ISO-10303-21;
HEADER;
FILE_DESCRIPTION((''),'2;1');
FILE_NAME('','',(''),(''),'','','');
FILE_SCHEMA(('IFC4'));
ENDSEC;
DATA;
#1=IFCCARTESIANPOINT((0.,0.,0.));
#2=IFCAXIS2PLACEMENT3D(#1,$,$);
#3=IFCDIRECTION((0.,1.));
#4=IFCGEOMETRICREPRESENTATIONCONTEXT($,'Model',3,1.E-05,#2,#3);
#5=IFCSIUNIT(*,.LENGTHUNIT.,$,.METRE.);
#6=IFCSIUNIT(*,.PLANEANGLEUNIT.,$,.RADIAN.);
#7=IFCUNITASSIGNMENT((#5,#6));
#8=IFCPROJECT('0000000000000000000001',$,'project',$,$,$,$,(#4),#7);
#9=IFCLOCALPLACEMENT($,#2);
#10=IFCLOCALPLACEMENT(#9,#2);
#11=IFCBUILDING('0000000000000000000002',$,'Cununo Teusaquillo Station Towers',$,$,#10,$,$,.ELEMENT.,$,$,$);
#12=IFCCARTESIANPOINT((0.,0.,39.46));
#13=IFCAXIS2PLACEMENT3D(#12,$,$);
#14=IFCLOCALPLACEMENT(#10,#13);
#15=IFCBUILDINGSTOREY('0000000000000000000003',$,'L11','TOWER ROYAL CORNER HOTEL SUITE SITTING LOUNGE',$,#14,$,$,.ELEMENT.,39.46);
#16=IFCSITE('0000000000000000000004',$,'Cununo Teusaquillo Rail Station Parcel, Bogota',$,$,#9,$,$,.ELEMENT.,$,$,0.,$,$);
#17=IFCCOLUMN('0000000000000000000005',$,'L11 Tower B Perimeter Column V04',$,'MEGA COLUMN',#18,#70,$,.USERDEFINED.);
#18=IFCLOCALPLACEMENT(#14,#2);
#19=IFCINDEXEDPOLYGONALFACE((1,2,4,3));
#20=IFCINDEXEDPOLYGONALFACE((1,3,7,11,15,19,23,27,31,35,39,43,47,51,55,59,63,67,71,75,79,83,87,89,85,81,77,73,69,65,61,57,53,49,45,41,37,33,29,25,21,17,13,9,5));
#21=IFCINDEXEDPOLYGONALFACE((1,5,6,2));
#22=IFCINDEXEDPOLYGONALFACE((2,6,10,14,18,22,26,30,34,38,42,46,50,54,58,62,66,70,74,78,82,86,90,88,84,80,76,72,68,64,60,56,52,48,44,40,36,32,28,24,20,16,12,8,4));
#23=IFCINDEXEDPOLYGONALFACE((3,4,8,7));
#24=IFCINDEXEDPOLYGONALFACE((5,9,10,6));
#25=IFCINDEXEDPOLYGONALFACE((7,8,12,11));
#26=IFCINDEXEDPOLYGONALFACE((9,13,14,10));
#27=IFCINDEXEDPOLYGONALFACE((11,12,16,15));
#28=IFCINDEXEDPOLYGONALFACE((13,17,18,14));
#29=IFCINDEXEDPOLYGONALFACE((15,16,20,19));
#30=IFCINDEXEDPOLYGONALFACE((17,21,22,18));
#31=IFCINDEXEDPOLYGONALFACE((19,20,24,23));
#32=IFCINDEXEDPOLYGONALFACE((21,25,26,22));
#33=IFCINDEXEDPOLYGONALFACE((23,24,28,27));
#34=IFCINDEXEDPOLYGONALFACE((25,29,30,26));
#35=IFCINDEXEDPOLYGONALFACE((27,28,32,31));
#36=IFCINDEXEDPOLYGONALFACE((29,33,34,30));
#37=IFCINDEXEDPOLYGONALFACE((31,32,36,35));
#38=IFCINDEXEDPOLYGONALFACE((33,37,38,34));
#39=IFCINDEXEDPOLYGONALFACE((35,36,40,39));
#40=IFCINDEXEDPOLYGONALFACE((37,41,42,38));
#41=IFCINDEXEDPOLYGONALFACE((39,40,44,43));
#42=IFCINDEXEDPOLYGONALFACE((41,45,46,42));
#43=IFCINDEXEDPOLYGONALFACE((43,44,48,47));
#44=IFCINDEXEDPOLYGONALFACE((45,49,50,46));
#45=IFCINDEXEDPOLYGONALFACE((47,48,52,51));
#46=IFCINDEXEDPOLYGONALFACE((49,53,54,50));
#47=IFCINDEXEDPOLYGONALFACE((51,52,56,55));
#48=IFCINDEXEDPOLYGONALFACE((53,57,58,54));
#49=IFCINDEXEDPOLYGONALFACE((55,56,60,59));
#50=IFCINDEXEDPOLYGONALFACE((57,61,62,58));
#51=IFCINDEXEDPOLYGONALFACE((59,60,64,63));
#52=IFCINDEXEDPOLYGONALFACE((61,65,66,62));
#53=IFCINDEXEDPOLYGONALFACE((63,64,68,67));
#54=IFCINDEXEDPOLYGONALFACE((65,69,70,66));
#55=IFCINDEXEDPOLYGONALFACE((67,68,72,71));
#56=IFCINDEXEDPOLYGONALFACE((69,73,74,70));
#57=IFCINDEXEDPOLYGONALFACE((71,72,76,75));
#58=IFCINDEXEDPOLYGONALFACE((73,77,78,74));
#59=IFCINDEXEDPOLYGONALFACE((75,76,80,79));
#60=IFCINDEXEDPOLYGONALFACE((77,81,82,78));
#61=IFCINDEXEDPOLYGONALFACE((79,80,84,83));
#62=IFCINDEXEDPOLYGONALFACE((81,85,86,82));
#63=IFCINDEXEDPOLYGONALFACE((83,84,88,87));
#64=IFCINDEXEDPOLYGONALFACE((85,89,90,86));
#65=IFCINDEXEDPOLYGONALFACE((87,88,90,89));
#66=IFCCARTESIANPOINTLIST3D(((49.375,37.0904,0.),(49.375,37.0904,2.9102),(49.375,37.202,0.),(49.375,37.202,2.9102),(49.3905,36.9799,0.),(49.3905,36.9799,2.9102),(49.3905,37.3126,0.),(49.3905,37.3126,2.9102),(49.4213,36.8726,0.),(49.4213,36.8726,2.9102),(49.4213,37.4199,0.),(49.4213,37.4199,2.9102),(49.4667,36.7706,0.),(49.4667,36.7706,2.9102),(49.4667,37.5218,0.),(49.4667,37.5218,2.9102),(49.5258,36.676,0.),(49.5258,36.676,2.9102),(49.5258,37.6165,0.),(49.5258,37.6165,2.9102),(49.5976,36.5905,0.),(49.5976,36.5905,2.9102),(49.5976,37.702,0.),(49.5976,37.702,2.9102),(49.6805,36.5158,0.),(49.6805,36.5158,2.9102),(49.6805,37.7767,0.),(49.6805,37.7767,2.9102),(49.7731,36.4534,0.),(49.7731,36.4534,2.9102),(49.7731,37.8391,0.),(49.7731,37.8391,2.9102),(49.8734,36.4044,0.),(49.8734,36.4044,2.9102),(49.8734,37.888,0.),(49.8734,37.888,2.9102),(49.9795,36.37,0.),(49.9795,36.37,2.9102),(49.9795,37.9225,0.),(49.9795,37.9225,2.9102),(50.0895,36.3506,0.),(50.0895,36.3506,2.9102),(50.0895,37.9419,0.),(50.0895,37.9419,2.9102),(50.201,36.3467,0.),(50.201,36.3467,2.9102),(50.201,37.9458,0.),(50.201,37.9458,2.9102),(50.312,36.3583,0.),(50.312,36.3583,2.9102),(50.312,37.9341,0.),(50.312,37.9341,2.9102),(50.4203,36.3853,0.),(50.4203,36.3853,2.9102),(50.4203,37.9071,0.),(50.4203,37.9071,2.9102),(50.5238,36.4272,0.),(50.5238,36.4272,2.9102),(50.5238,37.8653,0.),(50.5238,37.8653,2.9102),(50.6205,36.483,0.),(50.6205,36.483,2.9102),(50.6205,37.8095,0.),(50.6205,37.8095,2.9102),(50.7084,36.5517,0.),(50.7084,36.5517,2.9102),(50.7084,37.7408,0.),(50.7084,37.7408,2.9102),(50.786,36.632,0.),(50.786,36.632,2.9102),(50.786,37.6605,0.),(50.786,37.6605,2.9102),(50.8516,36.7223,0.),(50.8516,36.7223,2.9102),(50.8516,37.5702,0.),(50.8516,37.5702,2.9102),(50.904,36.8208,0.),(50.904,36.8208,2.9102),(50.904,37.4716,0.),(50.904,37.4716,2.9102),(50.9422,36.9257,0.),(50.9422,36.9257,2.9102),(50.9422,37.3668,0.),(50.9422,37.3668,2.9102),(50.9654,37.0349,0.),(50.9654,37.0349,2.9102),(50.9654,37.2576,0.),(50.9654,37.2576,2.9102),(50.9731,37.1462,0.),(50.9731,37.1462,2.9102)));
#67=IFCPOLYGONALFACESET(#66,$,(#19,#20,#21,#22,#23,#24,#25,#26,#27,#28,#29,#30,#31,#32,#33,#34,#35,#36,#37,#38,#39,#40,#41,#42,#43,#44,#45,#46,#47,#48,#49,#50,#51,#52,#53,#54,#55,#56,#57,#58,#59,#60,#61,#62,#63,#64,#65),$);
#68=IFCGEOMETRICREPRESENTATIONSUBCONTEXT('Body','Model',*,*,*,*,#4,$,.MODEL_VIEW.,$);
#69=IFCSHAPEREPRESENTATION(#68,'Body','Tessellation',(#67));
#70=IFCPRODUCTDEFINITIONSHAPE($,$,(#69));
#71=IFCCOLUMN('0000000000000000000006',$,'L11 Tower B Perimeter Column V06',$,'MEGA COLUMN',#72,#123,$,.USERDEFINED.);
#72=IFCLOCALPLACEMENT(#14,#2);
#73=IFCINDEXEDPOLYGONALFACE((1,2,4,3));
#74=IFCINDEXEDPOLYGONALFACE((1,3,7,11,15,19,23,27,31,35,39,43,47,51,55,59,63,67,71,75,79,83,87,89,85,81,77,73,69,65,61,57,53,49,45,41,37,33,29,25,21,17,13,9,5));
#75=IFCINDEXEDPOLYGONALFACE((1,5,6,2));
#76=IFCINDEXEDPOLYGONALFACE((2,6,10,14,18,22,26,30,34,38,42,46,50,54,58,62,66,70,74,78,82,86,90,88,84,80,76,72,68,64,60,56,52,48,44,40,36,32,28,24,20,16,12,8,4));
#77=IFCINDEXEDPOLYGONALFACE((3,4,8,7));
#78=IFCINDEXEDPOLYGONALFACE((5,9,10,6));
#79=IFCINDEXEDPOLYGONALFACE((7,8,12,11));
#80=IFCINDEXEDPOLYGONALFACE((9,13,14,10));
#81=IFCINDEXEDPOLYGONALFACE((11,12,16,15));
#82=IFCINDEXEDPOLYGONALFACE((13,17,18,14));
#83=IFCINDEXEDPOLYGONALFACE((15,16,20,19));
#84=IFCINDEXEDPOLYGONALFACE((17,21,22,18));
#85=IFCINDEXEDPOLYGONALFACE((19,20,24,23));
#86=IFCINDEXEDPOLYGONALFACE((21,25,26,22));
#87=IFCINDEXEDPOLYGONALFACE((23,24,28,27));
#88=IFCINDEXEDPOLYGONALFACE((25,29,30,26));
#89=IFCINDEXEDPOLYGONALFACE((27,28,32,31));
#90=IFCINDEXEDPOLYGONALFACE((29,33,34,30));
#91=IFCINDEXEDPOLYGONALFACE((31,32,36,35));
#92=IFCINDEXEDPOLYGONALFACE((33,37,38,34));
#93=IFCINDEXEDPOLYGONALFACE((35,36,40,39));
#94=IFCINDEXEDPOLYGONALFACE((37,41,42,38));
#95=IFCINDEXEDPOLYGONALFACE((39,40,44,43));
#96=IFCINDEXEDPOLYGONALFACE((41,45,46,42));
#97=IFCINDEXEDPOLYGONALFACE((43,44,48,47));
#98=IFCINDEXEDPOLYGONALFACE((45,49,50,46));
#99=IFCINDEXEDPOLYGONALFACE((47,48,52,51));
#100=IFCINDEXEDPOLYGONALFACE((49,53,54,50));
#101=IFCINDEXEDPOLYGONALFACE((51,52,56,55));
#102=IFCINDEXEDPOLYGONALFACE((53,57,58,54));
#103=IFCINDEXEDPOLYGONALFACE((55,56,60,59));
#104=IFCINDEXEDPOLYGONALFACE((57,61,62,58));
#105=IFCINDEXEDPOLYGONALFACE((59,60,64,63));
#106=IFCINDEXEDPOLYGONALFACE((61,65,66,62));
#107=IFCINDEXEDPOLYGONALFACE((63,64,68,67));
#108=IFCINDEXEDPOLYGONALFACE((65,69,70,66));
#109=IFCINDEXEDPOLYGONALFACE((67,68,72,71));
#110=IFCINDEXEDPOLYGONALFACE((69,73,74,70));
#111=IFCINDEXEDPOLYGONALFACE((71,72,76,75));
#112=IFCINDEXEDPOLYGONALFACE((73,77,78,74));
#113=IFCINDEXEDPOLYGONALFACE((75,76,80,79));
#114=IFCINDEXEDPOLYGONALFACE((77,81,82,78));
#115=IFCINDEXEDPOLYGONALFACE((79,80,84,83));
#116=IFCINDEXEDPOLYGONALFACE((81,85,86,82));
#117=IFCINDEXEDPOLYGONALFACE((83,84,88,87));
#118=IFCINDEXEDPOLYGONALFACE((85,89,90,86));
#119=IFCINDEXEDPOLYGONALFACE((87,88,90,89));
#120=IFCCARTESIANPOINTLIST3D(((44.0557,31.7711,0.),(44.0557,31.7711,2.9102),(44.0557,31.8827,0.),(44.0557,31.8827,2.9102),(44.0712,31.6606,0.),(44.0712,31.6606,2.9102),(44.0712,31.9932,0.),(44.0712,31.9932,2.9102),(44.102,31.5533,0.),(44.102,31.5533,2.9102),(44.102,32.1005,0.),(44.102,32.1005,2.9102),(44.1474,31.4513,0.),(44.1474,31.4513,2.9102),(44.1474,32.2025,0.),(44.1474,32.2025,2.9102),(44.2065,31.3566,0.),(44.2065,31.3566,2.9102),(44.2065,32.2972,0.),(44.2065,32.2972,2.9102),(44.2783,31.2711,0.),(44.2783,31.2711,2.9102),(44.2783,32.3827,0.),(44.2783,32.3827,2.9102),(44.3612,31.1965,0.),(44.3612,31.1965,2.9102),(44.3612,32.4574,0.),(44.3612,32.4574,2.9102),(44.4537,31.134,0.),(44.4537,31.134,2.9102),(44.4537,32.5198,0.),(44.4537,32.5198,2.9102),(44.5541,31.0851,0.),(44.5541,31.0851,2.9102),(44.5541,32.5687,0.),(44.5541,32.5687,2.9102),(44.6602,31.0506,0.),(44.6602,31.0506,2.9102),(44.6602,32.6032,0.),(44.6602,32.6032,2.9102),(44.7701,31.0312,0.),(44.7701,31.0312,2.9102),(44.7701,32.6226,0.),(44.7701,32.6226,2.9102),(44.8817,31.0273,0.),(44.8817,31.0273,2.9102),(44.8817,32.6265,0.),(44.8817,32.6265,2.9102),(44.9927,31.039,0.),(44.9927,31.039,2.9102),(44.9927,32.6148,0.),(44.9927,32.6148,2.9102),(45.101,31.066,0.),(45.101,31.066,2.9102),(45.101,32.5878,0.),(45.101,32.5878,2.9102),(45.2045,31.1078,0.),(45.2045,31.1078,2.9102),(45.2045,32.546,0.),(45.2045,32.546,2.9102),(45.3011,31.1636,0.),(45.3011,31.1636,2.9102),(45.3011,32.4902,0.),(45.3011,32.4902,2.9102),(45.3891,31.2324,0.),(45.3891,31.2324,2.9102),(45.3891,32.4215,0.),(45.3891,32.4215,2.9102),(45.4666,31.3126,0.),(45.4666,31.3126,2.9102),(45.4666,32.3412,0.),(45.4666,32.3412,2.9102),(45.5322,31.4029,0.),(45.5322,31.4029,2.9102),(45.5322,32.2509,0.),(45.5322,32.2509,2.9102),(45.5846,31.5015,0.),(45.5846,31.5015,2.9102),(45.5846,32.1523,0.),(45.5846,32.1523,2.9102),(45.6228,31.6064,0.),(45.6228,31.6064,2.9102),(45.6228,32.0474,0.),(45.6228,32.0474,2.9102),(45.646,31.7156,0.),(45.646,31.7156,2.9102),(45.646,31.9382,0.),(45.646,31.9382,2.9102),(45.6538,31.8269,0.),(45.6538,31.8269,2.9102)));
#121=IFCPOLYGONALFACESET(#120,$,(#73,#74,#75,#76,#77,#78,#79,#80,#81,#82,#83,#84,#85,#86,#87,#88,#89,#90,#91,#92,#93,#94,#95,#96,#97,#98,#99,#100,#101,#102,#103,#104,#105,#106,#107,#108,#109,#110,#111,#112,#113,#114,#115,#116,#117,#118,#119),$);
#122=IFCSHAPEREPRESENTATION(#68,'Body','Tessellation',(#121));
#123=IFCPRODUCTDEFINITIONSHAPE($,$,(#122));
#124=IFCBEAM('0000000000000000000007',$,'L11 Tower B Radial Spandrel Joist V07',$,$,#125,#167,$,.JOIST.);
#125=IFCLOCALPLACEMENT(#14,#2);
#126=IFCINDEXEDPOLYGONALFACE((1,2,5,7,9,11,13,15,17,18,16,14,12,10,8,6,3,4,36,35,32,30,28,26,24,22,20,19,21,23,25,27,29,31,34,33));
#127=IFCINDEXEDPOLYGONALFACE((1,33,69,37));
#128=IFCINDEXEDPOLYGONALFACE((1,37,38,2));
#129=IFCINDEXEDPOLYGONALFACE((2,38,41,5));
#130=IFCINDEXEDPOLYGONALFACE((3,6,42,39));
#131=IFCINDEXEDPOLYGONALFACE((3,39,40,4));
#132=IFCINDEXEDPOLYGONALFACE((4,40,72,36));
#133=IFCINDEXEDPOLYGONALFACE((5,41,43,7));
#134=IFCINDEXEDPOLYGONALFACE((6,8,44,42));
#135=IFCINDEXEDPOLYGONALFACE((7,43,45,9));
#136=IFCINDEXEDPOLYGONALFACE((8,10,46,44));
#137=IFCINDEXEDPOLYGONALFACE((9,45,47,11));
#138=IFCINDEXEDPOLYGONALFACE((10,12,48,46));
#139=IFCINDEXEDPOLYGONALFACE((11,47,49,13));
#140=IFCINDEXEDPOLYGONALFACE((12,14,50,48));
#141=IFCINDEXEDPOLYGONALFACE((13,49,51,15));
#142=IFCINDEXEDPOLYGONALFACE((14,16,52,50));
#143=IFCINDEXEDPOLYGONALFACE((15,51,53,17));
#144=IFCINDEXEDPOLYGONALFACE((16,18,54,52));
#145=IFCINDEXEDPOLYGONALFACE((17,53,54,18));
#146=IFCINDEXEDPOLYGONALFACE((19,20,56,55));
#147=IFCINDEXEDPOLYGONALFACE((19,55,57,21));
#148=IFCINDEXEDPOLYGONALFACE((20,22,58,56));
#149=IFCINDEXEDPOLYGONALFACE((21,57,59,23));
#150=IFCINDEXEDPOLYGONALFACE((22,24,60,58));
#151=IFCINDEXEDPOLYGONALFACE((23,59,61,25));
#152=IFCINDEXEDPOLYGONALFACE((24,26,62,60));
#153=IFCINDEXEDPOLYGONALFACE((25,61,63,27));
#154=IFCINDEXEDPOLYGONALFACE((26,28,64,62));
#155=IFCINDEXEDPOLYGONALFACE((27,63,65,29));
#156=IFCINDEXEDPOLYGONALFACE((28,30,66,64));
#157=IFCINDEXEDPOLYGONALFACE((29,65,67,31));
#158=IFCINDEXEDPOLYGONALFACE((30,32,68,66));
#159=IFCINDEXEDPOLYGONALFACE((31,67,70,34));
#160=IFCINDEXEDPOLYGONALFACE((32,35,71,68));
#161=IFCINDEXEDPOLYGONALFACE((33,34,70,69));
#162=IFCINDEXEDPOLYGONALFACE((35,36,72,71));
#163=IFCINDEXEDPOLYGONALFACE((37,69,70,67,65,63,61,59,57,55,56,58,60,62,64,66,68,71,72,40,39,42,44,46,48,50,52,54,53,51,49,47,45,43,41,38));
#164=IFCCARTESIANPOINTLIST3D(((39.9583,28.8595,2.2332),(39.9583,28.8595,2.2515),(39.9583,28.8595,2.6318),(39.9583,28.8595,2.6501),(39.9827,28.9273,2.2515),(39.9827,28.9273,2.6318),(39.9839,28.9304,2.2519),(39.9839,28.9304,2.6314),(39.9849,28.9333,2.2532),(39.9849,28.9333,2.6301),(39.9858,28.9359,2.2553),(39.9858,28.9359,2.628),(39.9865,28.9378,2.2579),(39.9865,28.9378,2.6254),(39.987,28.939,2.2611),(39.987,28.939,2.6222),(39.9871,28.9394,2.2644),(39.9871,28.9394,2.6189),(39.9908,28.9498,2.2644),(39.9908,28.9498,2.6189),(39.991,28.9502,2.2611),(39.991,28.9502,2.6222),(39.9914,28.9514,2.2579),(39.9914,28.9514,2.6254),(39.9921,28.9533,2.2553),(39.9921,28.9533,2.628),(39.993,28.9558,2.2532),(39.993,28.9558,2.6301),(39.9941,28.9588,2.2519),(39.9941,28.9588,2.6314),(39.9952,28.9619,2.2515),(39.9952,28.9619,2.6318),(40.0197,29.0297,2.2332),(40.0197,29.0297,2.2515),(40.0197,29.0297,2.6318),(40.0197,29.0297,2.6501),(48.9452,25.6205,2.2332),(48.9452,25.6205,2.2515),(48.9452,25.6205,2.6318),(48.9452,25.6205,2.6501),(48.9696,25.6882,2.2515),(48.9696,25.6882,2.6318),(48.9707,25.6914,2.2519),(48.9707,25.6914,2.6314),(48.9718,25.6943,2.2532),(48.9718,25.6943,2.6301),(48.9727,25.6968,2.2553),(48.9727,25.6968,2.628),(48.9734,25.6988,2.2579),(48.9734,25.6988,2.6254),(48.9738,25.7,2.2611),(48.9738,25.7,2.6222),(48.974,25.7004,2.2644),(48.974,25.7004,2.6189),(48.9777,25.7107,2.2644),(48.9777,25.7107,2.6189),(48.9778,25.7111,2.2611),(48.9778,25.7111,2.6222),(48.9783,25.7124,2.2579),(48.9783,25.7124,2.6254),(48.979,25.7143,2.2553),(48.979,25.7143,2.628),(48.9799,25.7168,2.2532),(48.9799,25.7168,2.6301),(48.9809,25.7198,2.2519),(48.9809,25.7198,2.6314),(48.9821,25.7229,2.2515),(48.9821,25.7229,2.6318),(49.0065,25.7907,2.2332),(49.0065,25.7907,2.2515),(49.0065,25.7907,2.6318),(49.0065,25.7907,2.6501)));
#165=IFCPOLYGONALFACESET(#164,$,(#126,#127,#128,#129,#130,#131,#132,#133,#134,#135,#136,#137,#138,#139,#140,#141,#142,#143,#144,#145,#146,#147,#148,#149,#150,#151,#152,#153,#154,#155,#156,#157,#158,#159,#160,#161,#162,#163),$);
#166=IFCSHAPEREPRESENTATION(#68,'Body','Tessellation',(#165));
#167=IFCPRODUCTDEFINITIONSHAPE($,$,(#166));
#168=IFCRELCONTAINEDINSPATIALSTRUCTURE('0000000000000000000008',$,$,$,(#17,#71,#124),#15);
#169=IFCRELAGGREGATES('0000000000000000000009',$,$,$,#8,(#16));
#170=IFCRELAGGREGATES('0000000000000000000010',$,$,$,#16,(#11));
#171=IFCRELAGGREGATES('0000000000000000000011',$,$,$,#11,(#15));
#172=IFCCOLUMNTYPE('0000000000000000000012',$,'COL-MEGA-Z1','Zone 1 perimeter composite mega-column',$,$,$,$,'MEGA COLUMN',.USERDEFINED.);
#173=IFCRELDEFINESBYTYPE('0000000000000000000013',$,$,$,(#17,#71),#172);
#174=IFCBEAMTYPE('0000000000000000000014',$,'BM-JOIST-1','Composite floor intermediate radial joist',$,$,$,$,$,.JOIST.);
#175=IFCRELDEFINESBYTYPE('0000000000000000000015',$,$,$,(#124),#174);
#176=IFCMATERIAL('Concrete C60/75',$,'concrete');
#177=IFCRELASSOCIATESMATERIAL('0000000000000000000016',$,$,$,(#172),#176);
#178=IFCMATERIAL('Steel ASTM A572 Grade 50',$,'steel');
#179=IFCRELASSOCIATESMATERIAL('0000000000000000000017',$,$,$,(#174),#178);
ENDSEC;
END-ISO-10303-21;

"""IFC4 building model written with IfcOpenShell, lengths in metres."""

from ifc_helpers import new_model, si_unit, direction, frame, origin, origin_2d, place, context, subcontext, project, spatial, circle, i_section, extrude, material, material_profile, profile_set, type_object, element, save


model = new_model("IFC4")

# Units and contexts
model_context = context("Model", 3, precision=1e-05, world=origin(), true_north=direction((0.0, 1.0)))
body_context = subcontext(model_context, "Body", "Model", "MODEL_VIEW")
ifc_project = project(units=[si_unit("LENGTHUNIT", "METRE"), si_unit("PLANEANGLEUNIT", "RADIAN")], contexts=[model_context])

# Site, building, storey
site_placement = place(None, origin())
site = spatial("IfcSite", under=ifc_project, at=site_placement, Name="Cununo Teusaquillo Rail Station Parcel, Bogota", CompositionType="ELEMENT", RefElevation=0.0)
building_placement = place(site_placement, origin())
building = spatial("IfcBuilding", under=site, at=building_placement, Name="Cununo Teusaquillo Station Towers", CompositionType="ELEMENT")
storey_placement = place(building_placement, frame((0.0, 0.0, 39.46)))
storey = spatial("IfcBuildingStorey", under=building, at=storey_placement, Name="L11", Description="TOWER ROYAL CORNER HOTEL SUITE SITTING LOUNGE", CompositionType="ELEMENT", Elevation=39.46)

# Columns
ifc_material_1 = material(Name="Concrete C60/75", Category="concrete")
ifc_material_profile_1 = material_profile(ifc_material_1, circle(Radius=0.8, at=origin_2d()), Name="RC-CIRC-1600")
ifc_profile_set_1 = profile_set([ifc_material_profile_1], Name="Concrete C60/75")
column_type = type_object("IfcColumnType", Name="COL-MEGA-Z1", Description="Zone 1 perimeter composite mega-column", ElementType="MEGA COLUMN", PredefinedType="USERDEFINED", material=ifc_profile_set_1)
for number, where, z_axis, x_axis, name in (
    (1, (50.1731, 37.1462, 0.0), (0.0, 0.0, 1.0), (1.0, 0.0, 0.0), "L11 Tower B Perimeter Column V04"),
    (2, (44.8538, 31.8269, 0.0), (0.0, 0.0, 1.0), (1.0, 0.0, 0.0), "L11 Tower B Perimeter Column V06"),
):
    element("IfcColumn", number, at=place(storey_placement, frame(where, z_axis=z_axis, x_axis=x_axis)), inside=storey, type_object=column_type, Name=name, ObjectType="MEGA COLUMN", PredefinedType="USERDEFINED", context=body_context, shape_type="SweptSolid", body=[
        extrude(circle(Radius=0.8, at=origin_2d()), origin(), (0.0, 0.0, 1.0), 2.9102),
    ])

# Beam
ifc_material_2 = material(Name="Steel ASTM A572 Grade 50", Category="steel")
ifc_material_profile_2 = material_profile(ifc_material_2, i_section(OverallWidth=0.1809, OverallDepth=0.417, WebThickness=0.011, FlangeThickness=0.0183, FilletRadius=0.0129, at=origin_2d()), Name="W16X57")
ifc_profile_set_2 = profile_set([ifc_material_profile_2], Name="Steel ASTM A572 Grade 50")
beam_type_1 = type_object("IfcBeamType", Name="BM-JOIST-1", Description="Composite floor intermediate radial joist", PredefinedType="JOIST", material=ifc_profile_set_2)
beam_1_placement = place(storey_placement, frame((48.9758, 25.7056, 2.4417), z_axis=(-0.940762, 0.339068, 0.0), x_axis=(-0.339068, -0.940762, 0.0)))
element("IfcBeam", 3, at=beam_1_placement, inside=storey, type_object=beam_type_1, Name="L11 Tower B Radial Spandrel Joist V07", PredefinedType="JOIST", context=body_context, shape_type="SweptSolid", body=[
    extrude(i_section(OverallWidth=0.1809, OverallDepth=0.417, WebThickness=0.011, FlangeThickness=0.0183, FilletRadius=0.0129, at=origin_2d()), origin(), (0.0, 0.0, 1.0), 9.5527),
])

save(model, "model.ifc")
